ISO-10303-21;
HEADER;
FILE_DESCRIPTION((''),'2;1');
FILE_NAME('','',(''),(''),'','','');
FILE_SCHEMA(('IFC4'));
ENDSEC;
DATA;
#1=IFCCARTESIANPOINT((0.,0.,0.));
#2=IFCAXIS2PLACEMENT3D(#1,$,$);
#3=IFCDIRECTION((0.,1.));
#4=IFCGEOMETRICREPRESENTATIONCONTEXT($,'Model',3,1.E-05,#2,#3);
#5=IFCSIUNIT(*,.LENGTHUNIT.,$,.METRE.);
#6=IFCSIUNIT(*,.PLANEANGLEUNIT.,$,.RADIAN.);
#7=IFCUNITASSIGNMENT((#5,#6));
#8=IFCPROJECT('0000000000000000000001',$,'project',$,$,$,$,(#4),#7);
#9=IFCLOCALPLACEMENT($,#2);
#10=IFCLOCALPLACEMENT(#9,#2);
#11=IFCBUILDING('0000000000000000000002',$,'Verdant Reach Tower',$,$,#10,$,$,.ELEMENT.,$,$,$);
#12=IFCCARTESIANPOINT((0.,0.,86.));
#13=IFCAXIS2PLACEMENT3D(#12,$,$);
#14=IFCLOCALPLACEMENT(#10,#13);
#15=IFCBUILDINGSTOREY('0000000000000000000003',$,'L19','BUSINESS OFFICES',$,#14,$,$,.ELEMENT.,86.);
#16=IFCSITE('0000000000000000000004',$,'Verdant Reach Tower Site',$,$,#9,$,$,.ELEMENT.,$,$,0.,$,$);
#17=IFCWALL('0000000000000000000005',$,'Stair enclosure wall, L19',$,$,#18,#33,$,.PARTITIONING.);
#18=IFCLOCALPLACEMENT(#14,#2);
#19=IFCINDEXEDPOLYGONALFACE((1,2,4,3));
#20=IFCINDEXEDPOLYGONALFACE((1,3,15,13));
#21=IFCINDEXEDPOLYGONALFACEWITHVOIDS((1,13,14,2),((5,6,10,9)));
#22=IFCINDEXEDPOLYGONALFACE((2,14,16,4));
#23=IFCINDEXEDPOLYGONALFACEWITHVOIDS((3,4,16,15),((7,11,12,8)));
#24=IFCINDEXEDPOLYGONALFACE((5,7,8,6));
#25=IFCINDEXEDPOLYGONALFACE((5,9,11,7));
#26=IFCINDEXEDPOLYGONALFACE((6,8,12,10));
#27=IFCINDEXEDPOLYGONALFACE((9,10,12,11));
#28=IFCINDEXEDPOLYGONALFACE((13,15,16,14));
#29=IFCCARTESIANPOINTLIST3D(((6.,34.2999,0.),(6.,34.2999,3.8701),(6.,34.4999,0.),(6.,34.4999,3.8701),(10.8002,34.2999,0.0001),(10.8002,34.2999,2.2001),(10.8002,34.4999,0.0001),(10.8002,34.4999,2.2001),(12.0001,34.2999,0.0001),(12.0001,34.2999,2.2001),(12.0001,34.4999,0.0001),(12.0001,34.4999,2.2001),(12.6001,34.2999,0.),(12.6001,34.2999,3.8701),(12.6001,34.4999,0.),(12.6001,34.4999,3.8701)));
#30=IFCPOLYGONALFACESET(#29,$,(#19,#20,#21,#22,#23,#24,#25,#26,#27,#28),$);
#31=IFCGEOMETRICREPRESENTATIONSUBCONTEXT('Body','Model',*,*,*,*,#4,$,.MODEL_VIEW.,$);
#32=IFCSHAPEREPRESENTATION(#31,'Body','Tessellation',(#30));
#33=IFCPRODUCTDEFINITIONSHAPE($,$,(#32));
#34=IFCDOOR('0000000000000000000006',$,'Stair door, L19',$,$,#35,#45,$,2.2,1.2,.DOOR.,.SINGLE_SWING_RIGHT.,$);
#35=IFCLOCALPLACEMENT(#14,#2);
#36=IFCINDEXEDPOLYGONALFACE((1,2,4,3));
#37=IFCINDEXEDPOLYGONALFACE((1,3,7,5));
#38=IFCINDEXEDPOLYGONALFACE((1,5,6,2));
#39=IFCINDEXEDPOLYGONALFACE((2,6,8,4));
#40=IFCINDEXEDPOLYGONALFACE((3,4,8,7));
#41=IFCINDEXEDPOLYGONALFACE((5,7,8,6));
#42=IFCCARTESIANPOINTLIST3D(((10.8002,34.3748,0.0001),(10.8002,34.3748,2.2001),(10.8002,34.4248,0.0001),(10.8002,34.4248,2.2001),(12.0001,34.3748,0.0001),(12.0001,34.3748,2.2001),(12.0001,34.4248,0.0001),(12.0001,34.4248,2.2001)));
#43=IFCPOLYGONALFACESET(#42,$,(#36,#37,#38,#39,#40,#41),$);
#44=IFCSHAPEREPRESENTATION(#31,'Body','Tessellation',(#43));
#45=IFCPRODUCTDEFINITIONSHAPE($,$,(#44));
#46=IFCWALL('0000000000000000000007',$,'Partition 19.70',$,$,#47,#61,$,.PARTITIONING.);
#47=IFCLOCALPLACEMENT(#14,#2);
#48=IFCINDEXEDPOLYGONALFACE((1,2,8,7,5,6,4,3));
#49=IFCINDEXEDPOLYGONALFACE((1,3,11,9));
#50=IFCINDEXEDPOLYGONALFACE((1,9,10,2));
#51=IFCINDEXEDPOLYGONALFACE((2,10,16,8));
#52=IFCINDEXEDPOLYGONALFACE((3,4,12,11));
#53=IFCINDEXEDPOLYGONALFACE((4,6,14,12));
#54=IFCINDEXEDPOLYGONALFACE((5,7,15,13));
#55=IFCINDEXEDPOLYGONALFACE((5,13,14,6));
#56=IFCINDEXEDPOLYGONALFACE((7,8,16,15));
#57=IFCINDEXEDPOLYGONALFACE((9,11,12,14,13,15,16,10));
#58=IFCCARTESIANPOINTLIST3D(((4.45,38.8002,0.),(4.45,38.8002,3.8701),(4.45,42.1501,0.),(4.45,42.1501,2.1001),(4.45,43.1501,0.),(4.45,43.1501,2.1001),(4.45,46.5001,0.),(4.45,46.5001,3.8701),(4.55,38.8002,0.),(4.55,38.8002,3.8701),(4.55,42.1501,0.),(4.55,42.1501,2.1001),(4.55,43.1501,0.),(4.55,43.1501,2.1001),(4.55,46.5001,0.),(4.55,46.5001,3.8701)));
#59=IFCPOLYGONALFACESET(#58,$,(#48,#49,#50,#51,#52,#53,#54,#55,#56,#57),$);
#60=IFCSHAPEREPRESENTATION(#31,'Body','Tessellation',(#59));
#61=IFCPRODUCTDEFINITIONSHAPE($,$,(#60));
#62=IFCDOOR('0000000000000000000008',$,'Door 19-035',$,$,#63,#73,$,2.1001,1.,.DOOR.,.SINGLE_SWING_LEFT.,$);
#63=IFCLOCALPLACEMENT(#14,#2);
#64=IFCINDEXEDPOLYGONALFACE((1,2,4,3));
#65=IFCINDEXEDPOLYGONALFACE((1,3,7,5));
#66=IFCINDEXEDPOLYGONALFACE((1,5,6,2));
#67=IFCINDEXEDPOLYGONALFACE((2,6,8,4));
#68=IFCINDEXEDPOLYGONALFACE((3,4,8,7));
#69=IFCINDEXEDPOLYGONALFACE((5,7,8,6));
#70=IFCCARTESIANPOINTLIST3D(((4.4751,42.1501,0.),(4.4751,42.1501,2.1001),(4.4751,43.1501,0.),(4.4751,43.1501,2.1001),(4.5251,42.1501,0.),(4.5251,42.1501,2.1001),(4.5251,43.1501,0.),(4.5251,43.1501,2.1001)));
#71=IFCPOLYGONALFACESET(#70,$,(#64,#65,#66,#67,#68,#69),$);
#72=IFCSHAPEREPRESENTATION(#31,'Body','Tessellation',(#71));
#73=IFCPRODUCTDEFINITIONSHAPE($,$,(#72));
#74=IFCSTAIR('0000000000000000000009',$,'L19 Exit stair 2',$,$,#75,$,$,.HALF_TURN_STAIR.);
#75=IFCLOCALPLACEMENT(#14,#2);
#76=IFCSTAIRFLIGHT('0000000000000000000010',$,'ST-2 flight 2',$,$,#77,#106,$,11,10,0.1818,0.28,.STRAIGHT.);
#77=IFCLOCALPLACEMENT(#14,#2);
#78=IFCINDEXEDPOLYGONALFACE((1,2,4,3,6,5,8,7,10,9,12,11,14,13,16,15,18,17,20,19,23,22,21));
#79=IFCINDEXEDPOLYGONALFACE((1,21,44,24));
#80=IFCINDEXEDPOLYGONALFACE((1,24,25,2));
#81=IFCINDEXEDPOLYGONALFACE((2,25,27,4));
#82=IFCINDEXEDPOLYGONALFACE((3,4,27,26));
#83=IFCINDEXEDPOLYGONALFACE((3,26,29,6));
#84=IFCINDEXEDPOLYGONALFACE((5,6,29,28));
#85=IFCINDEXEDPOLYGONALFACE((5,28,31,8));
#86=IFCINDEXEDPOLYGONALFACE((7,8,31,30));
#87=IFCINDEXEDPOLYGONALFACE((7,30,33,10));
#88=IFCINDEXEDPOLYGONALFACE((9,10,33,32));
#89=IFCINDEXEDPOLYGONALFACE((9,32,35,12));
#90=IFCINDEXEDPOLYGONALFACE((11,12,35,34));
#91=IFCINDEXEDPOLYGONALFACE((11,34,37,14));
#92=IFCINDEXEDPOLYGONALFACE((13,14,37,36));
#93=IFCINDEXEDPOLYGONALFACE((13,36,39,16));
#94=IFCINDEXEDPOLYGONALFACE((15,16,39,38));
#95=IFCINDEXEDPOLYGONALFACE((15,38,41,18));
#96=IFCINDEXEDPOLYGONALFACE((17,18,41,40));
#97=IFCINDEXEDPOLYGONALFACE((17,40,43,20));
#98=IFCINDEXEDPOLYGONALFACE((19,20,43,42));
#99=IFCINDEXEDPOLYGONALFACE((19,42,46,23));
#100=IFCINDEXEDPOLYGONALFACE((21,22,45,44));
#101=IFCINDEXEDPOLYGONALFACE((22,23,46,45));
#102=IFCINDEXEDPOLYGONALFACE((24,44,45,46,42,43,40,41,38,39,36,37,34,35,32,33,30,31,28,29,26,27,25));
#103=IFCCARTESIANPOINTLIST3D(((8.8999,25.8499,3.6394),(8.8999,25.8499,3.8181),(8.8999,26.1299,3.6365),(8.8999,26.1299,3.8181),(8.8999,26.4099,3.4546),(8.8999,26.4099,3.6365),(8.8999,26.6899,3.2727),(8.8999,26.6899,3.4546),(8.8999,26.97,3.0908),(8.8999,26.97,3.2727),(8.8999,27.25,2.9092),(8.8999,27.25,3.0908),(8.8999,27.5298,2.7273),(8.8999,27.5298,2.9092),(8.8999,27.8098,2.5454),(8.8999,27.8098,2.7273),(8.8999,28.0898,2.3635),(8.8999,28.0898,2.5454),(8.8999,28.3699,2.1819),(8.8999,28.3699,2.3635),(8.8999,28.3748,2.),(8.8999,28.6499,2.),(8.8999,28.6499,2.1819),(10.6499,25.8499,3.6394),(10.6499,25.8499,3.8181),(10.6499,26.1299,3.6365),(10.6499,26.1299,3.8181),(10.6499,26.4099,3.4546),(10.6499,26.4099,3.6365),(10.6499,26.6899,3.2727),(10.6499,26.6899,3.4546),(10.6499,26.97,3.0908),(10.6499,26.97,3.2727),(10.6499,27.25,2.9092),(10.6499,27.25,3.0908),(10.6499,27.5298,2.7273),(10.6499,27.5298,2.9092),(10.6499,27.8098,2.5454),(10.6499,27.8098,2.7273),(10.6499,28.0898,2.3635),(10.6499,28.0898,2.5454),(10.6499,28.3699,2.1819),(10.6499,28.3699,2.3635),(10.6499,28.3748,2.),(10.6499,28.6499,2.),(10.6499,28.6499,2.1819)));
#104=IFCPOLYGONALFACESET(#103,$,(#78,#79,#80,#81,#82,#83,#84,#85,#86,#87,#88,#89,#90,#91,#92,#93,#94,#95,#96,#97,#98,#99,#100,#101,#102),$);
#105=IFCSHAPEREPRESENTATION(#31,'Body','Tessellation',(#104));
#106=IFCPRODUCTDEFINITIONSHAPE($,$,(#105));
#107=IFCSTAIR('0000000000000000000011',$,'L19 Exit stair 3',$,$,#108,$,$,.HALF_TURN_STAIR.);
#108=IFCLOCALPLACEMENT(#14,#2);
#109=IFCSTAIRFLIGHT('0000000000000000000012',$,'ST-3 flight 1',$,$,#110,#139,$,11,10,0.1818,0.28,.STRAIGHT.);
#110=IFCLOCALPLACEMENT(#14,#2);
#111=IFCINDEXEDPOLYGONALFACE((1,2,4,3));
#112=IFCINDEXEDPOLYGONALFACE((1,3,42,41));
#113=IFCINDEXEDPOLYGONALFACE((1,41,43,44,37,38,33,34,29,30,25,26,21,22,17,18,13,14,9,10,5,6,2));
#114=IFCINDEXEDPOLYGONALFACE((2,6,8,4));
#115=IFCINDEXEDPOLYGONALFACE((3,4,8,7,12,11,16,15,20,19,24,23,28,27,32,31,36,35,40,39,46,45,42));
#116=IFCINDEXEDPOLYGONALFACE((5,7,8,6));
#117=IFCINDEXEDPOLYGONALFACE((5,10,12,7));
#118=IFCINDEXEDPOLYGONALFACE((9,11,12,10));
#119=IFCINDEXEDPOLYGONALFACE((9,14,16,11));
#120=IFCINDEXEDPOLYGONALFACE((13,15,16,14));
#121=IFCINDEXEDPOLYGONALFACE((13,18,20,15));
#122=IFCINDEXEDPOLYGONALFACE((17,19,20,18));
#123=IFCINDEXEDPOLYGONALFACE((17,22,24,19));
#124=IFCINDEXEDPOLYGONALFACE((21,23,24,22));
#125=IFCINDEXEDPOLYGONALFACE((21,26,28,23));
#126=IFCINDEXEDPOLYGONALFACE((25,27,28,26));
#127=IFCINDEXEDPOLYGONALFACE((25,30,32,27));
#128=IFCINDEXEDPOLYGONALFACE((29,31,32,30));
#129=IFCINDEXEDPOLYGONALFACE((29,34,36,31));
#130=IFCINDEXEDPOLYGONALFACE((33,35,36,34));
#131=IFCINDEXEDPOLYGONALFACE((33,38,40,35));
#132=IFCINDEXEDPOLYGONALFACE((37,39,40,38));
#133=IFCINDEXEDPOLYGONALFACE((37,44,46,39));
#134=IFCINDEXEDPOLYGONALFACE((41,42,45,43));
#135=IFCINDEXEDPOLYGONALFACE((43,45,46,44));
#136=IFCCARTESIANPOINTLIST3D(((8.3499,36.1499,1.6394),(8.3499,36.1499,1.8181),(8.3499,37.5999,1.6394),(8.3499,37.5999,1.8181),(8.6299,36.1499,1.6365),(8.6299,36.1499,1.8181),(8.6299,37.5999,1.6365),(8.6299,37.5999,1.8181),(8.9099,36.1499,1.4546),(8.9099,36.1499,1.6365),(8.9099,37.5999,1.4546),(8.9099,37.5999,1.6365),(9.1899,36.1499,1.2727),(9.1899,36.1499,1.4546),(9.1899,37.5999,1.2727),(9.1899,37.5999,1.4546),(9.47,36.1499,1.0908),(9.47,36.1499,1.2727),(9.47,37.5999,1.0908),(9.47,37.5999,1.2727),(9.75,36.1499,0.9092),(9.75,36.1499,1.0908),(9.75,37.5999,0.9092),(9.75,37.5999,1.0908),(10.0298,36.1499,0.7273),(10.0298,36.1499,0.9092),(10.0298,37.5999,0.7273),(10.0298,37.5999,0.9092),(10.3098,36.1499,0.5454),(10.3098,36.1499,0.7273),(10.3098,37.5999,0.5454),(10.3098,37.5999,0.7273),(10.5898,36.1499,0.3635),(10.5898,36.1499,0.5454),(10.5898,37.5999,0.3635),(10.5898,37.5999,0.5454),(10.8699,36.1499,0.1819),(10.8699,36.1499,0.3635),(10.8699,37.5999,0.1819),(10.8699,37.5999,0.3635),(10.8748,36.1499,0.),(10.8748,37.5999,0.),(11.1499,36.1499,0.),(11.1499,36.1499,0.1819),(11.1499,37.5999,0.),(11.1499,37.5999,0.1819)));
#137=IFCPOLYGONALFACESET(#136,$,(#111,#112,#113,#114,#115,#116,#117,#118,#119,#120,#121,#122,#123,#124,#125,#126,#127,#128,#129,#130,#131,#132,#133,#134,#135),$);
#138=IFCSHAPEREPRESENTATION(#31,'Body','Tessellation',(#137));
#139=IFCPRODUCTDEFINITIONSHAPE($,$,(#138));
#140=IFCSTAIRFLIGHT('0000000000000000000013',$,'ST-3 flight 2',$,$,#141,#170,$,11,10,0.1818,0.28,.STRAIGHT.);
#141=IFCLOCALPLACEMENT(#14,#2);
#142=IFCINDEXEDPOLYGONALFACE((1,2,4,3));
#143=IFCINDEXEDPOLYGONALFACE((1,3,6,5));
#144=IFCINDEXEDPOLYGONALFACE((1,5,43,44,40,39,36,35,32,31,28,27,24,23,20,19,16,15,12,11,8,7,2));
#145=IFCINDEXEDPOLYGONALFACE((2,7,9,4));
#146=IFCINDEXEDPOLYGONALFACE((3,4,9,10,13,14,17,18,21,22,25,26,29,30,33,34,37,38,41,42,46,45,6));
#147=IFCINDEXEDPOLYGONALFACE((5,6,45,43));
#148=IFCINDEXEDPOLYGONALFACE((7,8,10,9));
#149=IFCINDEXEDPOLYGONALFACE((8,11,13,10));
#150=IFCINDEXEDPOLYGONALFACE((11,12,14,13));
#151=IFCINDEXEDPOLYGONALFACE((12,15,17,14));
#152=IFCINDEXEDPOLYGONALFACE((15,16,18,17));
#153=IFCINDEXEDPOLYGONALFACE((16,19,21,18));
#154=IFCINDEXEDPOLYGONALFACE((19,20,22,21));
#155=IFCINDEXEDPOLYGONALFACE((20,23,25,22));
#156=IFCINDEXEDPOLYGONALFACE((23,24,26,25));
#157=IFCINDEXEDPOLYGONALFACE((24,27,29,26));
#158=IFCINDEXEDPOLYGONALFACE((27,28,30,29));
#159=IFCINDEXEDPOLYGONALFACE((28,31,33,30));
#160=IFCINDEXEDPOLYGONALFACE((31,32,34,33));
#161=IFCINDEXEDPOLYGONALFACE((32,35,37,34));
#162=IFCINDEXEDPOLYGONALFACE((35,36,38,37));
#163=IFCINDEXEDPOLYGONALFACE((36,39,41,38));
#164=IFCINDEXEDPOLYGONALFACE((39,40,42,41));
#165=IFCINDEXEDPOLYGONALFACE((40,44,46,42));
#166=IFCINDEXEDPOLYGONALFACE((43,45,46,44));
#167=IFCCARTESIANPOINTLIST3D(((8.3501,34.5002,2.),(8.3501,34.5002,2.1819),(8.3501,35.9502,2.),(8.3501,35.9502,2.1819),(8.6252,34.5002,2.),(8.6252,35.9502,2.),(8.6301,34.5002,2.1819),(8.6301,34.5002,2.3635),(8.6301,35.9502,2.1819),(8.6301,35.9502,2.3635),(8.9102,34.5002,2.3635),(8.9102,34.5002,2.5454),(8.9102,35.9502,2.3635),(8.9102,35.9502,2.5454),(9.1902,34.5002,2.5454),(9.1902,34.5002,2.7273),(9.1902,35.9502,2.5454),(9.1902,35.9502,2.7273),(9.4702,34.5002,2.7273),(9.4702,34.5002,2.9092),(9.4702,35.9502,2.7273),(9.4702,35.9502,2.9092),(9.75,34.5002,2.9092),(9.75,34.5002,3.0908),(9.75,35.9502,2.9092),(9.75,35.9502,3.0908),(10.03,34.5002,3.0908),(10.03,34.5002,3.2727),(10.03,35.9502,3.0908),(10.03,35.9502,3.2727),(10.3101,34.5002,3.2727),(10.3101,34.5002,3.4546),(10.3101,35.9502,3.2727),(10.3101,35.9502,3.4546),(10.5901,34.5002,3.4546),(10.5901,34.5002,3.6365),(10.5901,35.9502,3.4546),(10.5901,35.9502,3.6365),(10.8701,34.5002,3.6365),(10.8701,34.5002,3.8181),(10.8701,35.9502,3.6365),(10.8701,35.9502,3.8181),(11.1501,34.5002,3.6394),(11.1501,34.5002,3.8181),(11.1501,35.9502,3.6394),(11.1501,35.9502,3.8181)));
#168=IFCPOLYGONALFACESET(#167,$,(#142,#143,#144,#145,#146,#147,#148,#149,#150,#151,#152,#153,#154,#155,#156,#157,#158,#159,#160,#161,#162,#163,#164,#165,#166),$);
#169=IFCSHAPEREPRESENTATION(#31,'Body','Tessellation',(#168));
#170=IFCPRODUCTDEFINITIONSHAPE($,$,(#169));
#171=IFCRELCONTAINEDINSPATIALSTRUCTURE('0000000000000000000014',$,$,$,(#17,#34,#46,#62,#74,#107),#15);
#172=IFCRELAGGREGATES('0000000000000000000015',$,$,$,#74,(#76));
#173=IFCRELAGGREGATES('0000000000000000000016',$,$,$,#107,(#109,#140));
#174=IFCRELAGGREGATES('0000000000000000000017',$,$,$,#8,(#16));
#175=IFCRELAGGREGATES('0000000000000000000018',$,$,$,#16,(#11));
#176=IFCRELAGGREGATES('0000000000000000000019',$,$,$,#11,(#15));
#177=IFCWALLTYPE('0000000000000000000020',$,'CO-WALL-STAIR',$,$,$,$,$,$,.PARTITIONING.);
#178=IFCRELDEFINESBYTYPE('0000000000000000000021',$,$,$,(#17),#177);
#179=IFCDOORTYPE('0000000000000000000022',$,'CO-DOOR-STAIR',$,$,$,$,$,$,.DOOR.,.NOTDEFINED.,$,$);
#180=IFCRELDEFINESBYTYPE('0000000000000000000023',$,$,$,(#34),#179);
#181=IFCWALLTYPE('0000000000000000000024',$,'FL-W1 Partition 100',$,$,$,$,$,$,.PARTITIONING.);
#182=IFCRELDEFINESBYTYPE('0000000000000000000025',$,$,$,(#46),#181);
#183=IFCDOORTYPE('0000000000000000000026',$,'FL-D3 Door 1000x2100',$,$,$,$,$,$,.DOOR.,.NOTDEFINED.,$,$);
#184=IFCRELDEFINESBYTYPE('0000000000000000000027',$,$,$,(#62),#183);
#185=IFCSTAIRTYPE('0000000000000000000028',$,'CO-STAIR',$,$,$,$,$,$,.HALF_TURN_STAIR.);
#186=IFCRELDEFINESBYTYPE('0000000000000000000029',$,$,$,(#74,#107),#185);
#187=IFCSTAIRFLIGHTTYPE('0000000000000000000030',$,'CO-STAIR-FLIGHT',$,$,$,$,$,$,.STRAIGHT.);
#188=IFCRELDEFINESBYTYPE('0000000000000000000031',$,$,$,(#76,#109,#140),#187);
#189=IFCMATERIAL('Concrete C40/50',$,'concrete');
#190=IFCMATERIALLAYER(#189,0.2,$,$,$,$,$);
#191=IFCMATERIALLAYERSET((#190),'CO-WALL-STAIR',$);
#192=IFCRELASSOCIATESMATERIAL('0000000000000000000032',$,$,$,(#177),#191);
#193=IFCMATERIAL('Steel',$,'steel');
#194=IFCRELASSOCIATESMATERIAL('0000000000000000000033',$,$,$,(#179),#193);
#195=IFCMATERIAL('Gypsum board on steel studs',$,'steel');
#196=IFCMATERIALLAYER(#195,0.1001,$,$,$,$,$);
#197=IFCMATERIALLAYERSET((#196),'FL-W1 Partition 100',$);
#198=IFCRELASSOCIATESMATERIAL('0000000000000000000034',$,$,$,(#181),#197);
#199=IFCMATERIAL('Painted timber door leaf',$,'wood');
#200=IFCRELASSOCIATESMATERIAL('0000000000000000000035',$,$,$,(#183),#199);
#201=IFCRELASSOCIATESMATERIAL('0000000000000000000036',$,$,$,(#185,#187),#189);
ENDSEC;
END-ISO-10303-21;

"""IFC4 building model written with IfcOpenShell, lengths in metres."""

from ifc_helpers import new_model, si_unit, direction, frame, frame_2d, origin, place, context, subcontext, project, spatial, polyline, rectangle, outline, extrude, material, layer, layer_set, type_object, element, fill, aggregate, save


model = new_model("IFC4")

# Units and contexts
model_context = context("Model", 3, precision=1e-05, world=origin(), true_north=direction((0.0, 1.0)))
body_context = subcontext(model_context, "Body", "Model", "MODEL_VIEW")
ifc_project = project(units=[si_unit("LENGTHUNIT", "METRE"), si_unit("PLANEANGLEUNIT", "RADIAN")], contexts=[model_context])

# Site, building, storey
site_placement = place(None, origin())
site = spatial("IfcSite", under=ifc_project, at=site_placement, Name="Verdant Reach Tower Site", CompositionType="ELEMENT", RefElevation=0.0)
building_placement = place(site_placement, origin())
building = spatial("IfcBuilding", under=site, at=building_placement, Name="Verdant Reach Tower", CompositionType="ELEMENT")
storey_placement = place(building_placement, frame((0.0, 0.0, 86.0)))
storey = spatial("IfcBuildingStorey", under=building, at=storey_placement, Name="L19", Description="BUSINESS OFFICES", CompositionType="ELEMENT", Elevation=86.0)

# Shared definitions
ifc_material_1 = material(Name="Concrete C40/50", Category="concrete")
ifc_layer_1 = layer(ifc_material_1, 0.2)
ifc_layer_set_1 = layer_set([ifc_layer_1], Name="CO-WALL-STAIR")
wall_type_1 = type_object("IfcWallType", Name="CO-WALL-STAIR", PredefinedType="PARTITIONING", material=ifc_layer_set_1)

# Walls, openings, doors
wall_1_placement = place(storey_placement, frame((6.0, 34.3999, 0.0), z_axis=(0.0, 0.0, 1.0), x_axis=(1.0, 0.0, 0.0)))
wall_1 = element("IfcWall", 1, at=wall_1_placement, inside=storey, type_object=wall_type_1, Name="Stair enclosure wall, L19", PredefinedType="PARTITIONING", context=body_context, shape_type="SweptSolid", body=[
    extrude(rectangle(XDim=6.6001, YDim=0.2, at=frame_2d((3.3, 0.0))), origin(), (0.0, 0.0, 1.0), 3.8701),
])
opening_1_placement = place(wall_1_placement, frame((4.8, 0.0, 0.0)))
opening_1 = element("IfcOpeningElement", 2, at=opening_1_placement, cuts=wall_1, PredefinedType="OPENING", context=body_context, shape_type="SweptSolid", body=[
    extrude(rectangle(XDim=1.2, YDim=2.2, at=frame_2d((0.6001, 1.1001))), frame((0.0, 0.1099, 0.0), z_axis=(0.0, -1.0, 0.0), x_axis=(1.0, 0.0, 0.0)), (0.0, 0.0, 1.0), 0.22),
])
ifc_material_2 = material(Name="Steel", Category="steel")
door_type_1 = type_object("IfcDoorType", Name="CO-DOOR-STAIR", OperationType="NOTDEFINED", PredefinedType="DOOR", material=ifc_material_2)
door_1_placement = place(opening_1_placement, origin())
door_1 = element("IfcDoor", 3, at=door_1_placement, inside=storey, type_object=door_type_1, Name="Stair door, L19", OperationType="SINGLE_SWING_RIGHT", OverallHeight=2.2, OverallWidth=1.2, PredefinedType="DOOR", context=body_context, shape_type="SweptSolid", body=[
    extrude(rectangle(XDim=1.2, YDim=2.2, at=frame_2d((0.6001, 1.1001))), frame((0.0, 0.0249, 0.0), z_axis=(0.0, -1.0, 0.0), x_axis=(1.0, 0.0, 0.0)), (0.0, 0.0, 1.0), 0.05),
])
fill(opening_1, door_1)
ifc_material_3 = material(Name="Gypsum board on steel studs", Category="steel")
ifc_layer_2 = layer(ifc_material_3, 0.1001)
ifc_layer_set_2 = layer_set([ifc_layer_2], Name="FL-W1 Partition 100")
wall_type_2 = type_object("IfcWallType", Name="FL-W1 Partition 100", PredefinedType="PARTITIONING", material=ifc_layer_set_2)
wall_2_placement = place(storey_placement, frame((4.5, 38.8, 0.0), z_axis=(0.0, 0.0, 1.0), x_axis=(0.0, 1.0, 0.0)))
wall_2 = element("IfcWall", 4, at=wall_2_placement, inside=storey, type_object=wall_type_2, Name="Partition 19.70", PredefinedType="PARTITIONING", context=body_context, shape_type="SweptSolid", body=[
    extrude(rectangle(XDim=7.7, YDim=0.1001, at=frame_2d((3.8501, 0.0))), origin(), (0.0, 0.0, 1.0), 3.8701),
])
opening_2_placement = place(wall_2_placement, frame((3.3501, 0.0, 0.0)))
opening_2 = element("IfcOpeningElement", 5, at=opening_2_placement, cuts=wall_2, PredefinedType="OPENING", context=body_context, shape_type="SweptSolid", body=[
    extrude(rectangle(XDim=1.0, YDim=2.1001, at=frame_2d((0.5, 1.05))), frame((0.0, 0.0601, 0.0), z_axis=(0.0, -1.0, 0.0), x_axis=(1.0, 0.0, 0.0)), (0.0, 0.0, 1.0), 0.1201),
])
ifc_material_4 = material(Name="Painted timber door leaf", Category="wood")
door_type_2 = type_object("IfcDoorType", Name="FL-D3 Door 1000x2100", OperationType="NOTDEFINED", PredefinedType="DOOR", material=ifc_material_4)
door_2_placement = place(opening_2_placement, origin())
door_2 = element("IfcDoor", 6, at=door_2_placement, inside=storey, type_object=door_type_2, Name="Door 19-035", OperationType="SINGLE_SWING_LEFT", OverallHeight=2.1001, OverallWidth=1.0, PredefinedType="DOOR", context=body_context, shape_type="SweptSolid", body=[
    extrude(rectangle(XDim=1.0, YDim=2.1001, at=frame_2d((0.5, 1.05))), frame((0.0, 0.0249, 0.0), z_axis=(0.0, -1.0, 0.0), x_axis=(1.0, 0.0, 0.0)), (0.0, 0.0, 1.0), 0.05),
])
fill(opening_2, door_2)

# Stair, stair flight
stair_type = type_object("IfcStairType", Name="CO-STAIR", PredefinedType="HALF_TURN_STAIR", material=ifc_material_1)
stair_1_placement = place(storey_placement, origin())
stair_1 = element("IfcStair", 7, at=stair_1_placement, inside=storey, type_object=stair_type, Name="L19 Exit stair 2", PredefinedType="HALF_TURN_STAIR")
stair_flight_type = type_object("IfcStairFlightType", Name="CO-STAIR-FLIGHT", PredefinedType="STRAIGHT", material=ifc_material_1)
stair_flight_1_placement = place(storey_placement, frame((9.7749, 28.6499, 2.0), z_axis=(0.0, 0.0, 1.0), x_axis=(0.0, -1.0, 0.0)))
stair_flight_1 = element("IfcStairFlight", 8, at=stair_flight_1_placement, type_object=stair_flight_type, Name="ST-2 flight 2", NumberOfRisers=11, NumberOfTreads=10, PredefinedType="STRAIGHT", RiserHeight=0.1818, TreadLength=0.28, context=body_context, shape_type="SweptSolid", body=[
    extrude(outline(polyline([(0.0, 0.0), (0.0, 0.1819), (0.28, 0.1819), (0.28, 0.3635), (0.5601, 0.3635), (0.5601, 0.5454), (0.8401, 0.5454), (0.8401, 0.7273), (1.1201, 0.7273), (1.1201, 0.9092), (1.3999, 0.9092), (1.3999, 1.0908), (1.6799, 1.0908), (1.6799, 1.2727), (1.96, 1.2727), (1.96, 1.4546), (2.24, 1.4546), (2.24, 1.6365), (2.52, 1.6365), (2.52, 1.8181), (2.8, 1.8181), (2.8, 2.0), (2.8, 1.6394), (0.2751, 0.0), (0.0, 0.0)])), frame((0.0, 0.875, 0.0), z_axis=(0.0, -1.0, 0.0), x_axis=(1.0, 0.0, 0.0)), (0.0, 0.0, 1.0), 1.75),
])
aggregate(stair_1, [stair_flight_1])

# Stair, stair flights
stair_2_placement = place(storey_placement, origin())
stair_2 = element("IfcStair", 9, at=stair_2_placement, inside=storey, type_object=stair_type, Name="L19 Exit stair 3", PredefinedType="HALF_TURN_STAIR")
stair_flight_2_placement = place(storey_placement, frame((11.1499, 36.875, 0.0), z_axis=(0.0, 0.0, 1.0), x_axis=(-1.0, 0.0, 0.0)))
stair_flight_2 = element("IfcStairFlight", 10, at=stair_flight_2_placement, type_object=stair_flight_type, Name="ST-3 flight 1", NumberOfRisers=11, NumberOfTreads=10, PredefinedType="STRAIGHT", RiserHeight=0.1818, TreadLength=0.28, context=body_context, shape_type="SweptSolid", body=[
    extrude(outline(polyline([(0.0, 0.0), (0.0, 0.1819), (0.28, 0.1819), (0.28, 0.3635), (0.5601, 0.3635), (0.5601, 0.5454), (0.8401, 0.5454), (0.8401, 0.7273), (1.1201, 0.7273), (1.1201, 0.9092), (1.3999, 0.9092), (1.3999, 1.0908), (1.6799, 1.0908), (1.6799, 1.2727), (1.96, 1.2727), (1.96, 1.4546), (2.24, 1.4546), (2.24, 1.6365), (2.52, 1.6365), (2.52, 1.8181), (2.8, 1.8181), (2.8, 2.0), (2.8, 1.6394), (0.2751, 0.0), (0.0, 0.0)])), frame((0.0, 0.7251, 0.0), z_axis=(0.0, -1.0, 0.0), x_axis=(1.0, 0.0, 0.0)), (0.0, 0.0, 1.0), 1.45),
])
stair_flight_3_placement = place(storey_placement, frame((8.3501, 35.2251, 2.0), z_axis=(0.0, 0.0, 1.0), x_axis=(1.0, 0.0, 0.0)))
stair_flight_3 = element("IfcStairFlight", 11, at=stair_flight_3_placement, type_object=stair_flight_type, Name="ST-3 flight 2", NumberOfRisers=11, NumberOfTreads=10, PredefinedType="STRAIGHT", RiserHeight=0.1818, TreadLength=0.28, context=body_context, shape_type="SweptSolid", body=[
    extrude(outline(polyline([(0.0, 0.0), (0.0, 0.1819), (0.28, 0.1819), (0.28, 0.3635), (0.5601, 0.3635), (0.5601, 0.5454), (0.8401, 0.5454), (0.8401, 0.7273), (1.1201, 0.7273), (1.1201, 0.9092), (1.3999, 0.9092), (1.3999, 1.0908), (1.6799, 1.0908), (1.6799, 1.2727), (1.96, 1.2727), (1.96, 1.4546), (2.24, 1.4546), (2.24, 1.6365), (2.52, 1.6365), (2.52, 1.8181), (2.8, 1.8181), (2.8, 2.0), (2.8, 1.6394), (0.2751, 0.0), (0.0, 0.0)])), frame((0.0, 0.7251, 0.0), z_axis=(0.0, -1.0, 0.0), x_axis=(1.0, 0.0, 0.0)), (0.0, 0.0, 1.0), 1.45),
])
aggregate(stair_2, [stair_flight_2, stair_flight_3])

save(model, "model.ifc")
